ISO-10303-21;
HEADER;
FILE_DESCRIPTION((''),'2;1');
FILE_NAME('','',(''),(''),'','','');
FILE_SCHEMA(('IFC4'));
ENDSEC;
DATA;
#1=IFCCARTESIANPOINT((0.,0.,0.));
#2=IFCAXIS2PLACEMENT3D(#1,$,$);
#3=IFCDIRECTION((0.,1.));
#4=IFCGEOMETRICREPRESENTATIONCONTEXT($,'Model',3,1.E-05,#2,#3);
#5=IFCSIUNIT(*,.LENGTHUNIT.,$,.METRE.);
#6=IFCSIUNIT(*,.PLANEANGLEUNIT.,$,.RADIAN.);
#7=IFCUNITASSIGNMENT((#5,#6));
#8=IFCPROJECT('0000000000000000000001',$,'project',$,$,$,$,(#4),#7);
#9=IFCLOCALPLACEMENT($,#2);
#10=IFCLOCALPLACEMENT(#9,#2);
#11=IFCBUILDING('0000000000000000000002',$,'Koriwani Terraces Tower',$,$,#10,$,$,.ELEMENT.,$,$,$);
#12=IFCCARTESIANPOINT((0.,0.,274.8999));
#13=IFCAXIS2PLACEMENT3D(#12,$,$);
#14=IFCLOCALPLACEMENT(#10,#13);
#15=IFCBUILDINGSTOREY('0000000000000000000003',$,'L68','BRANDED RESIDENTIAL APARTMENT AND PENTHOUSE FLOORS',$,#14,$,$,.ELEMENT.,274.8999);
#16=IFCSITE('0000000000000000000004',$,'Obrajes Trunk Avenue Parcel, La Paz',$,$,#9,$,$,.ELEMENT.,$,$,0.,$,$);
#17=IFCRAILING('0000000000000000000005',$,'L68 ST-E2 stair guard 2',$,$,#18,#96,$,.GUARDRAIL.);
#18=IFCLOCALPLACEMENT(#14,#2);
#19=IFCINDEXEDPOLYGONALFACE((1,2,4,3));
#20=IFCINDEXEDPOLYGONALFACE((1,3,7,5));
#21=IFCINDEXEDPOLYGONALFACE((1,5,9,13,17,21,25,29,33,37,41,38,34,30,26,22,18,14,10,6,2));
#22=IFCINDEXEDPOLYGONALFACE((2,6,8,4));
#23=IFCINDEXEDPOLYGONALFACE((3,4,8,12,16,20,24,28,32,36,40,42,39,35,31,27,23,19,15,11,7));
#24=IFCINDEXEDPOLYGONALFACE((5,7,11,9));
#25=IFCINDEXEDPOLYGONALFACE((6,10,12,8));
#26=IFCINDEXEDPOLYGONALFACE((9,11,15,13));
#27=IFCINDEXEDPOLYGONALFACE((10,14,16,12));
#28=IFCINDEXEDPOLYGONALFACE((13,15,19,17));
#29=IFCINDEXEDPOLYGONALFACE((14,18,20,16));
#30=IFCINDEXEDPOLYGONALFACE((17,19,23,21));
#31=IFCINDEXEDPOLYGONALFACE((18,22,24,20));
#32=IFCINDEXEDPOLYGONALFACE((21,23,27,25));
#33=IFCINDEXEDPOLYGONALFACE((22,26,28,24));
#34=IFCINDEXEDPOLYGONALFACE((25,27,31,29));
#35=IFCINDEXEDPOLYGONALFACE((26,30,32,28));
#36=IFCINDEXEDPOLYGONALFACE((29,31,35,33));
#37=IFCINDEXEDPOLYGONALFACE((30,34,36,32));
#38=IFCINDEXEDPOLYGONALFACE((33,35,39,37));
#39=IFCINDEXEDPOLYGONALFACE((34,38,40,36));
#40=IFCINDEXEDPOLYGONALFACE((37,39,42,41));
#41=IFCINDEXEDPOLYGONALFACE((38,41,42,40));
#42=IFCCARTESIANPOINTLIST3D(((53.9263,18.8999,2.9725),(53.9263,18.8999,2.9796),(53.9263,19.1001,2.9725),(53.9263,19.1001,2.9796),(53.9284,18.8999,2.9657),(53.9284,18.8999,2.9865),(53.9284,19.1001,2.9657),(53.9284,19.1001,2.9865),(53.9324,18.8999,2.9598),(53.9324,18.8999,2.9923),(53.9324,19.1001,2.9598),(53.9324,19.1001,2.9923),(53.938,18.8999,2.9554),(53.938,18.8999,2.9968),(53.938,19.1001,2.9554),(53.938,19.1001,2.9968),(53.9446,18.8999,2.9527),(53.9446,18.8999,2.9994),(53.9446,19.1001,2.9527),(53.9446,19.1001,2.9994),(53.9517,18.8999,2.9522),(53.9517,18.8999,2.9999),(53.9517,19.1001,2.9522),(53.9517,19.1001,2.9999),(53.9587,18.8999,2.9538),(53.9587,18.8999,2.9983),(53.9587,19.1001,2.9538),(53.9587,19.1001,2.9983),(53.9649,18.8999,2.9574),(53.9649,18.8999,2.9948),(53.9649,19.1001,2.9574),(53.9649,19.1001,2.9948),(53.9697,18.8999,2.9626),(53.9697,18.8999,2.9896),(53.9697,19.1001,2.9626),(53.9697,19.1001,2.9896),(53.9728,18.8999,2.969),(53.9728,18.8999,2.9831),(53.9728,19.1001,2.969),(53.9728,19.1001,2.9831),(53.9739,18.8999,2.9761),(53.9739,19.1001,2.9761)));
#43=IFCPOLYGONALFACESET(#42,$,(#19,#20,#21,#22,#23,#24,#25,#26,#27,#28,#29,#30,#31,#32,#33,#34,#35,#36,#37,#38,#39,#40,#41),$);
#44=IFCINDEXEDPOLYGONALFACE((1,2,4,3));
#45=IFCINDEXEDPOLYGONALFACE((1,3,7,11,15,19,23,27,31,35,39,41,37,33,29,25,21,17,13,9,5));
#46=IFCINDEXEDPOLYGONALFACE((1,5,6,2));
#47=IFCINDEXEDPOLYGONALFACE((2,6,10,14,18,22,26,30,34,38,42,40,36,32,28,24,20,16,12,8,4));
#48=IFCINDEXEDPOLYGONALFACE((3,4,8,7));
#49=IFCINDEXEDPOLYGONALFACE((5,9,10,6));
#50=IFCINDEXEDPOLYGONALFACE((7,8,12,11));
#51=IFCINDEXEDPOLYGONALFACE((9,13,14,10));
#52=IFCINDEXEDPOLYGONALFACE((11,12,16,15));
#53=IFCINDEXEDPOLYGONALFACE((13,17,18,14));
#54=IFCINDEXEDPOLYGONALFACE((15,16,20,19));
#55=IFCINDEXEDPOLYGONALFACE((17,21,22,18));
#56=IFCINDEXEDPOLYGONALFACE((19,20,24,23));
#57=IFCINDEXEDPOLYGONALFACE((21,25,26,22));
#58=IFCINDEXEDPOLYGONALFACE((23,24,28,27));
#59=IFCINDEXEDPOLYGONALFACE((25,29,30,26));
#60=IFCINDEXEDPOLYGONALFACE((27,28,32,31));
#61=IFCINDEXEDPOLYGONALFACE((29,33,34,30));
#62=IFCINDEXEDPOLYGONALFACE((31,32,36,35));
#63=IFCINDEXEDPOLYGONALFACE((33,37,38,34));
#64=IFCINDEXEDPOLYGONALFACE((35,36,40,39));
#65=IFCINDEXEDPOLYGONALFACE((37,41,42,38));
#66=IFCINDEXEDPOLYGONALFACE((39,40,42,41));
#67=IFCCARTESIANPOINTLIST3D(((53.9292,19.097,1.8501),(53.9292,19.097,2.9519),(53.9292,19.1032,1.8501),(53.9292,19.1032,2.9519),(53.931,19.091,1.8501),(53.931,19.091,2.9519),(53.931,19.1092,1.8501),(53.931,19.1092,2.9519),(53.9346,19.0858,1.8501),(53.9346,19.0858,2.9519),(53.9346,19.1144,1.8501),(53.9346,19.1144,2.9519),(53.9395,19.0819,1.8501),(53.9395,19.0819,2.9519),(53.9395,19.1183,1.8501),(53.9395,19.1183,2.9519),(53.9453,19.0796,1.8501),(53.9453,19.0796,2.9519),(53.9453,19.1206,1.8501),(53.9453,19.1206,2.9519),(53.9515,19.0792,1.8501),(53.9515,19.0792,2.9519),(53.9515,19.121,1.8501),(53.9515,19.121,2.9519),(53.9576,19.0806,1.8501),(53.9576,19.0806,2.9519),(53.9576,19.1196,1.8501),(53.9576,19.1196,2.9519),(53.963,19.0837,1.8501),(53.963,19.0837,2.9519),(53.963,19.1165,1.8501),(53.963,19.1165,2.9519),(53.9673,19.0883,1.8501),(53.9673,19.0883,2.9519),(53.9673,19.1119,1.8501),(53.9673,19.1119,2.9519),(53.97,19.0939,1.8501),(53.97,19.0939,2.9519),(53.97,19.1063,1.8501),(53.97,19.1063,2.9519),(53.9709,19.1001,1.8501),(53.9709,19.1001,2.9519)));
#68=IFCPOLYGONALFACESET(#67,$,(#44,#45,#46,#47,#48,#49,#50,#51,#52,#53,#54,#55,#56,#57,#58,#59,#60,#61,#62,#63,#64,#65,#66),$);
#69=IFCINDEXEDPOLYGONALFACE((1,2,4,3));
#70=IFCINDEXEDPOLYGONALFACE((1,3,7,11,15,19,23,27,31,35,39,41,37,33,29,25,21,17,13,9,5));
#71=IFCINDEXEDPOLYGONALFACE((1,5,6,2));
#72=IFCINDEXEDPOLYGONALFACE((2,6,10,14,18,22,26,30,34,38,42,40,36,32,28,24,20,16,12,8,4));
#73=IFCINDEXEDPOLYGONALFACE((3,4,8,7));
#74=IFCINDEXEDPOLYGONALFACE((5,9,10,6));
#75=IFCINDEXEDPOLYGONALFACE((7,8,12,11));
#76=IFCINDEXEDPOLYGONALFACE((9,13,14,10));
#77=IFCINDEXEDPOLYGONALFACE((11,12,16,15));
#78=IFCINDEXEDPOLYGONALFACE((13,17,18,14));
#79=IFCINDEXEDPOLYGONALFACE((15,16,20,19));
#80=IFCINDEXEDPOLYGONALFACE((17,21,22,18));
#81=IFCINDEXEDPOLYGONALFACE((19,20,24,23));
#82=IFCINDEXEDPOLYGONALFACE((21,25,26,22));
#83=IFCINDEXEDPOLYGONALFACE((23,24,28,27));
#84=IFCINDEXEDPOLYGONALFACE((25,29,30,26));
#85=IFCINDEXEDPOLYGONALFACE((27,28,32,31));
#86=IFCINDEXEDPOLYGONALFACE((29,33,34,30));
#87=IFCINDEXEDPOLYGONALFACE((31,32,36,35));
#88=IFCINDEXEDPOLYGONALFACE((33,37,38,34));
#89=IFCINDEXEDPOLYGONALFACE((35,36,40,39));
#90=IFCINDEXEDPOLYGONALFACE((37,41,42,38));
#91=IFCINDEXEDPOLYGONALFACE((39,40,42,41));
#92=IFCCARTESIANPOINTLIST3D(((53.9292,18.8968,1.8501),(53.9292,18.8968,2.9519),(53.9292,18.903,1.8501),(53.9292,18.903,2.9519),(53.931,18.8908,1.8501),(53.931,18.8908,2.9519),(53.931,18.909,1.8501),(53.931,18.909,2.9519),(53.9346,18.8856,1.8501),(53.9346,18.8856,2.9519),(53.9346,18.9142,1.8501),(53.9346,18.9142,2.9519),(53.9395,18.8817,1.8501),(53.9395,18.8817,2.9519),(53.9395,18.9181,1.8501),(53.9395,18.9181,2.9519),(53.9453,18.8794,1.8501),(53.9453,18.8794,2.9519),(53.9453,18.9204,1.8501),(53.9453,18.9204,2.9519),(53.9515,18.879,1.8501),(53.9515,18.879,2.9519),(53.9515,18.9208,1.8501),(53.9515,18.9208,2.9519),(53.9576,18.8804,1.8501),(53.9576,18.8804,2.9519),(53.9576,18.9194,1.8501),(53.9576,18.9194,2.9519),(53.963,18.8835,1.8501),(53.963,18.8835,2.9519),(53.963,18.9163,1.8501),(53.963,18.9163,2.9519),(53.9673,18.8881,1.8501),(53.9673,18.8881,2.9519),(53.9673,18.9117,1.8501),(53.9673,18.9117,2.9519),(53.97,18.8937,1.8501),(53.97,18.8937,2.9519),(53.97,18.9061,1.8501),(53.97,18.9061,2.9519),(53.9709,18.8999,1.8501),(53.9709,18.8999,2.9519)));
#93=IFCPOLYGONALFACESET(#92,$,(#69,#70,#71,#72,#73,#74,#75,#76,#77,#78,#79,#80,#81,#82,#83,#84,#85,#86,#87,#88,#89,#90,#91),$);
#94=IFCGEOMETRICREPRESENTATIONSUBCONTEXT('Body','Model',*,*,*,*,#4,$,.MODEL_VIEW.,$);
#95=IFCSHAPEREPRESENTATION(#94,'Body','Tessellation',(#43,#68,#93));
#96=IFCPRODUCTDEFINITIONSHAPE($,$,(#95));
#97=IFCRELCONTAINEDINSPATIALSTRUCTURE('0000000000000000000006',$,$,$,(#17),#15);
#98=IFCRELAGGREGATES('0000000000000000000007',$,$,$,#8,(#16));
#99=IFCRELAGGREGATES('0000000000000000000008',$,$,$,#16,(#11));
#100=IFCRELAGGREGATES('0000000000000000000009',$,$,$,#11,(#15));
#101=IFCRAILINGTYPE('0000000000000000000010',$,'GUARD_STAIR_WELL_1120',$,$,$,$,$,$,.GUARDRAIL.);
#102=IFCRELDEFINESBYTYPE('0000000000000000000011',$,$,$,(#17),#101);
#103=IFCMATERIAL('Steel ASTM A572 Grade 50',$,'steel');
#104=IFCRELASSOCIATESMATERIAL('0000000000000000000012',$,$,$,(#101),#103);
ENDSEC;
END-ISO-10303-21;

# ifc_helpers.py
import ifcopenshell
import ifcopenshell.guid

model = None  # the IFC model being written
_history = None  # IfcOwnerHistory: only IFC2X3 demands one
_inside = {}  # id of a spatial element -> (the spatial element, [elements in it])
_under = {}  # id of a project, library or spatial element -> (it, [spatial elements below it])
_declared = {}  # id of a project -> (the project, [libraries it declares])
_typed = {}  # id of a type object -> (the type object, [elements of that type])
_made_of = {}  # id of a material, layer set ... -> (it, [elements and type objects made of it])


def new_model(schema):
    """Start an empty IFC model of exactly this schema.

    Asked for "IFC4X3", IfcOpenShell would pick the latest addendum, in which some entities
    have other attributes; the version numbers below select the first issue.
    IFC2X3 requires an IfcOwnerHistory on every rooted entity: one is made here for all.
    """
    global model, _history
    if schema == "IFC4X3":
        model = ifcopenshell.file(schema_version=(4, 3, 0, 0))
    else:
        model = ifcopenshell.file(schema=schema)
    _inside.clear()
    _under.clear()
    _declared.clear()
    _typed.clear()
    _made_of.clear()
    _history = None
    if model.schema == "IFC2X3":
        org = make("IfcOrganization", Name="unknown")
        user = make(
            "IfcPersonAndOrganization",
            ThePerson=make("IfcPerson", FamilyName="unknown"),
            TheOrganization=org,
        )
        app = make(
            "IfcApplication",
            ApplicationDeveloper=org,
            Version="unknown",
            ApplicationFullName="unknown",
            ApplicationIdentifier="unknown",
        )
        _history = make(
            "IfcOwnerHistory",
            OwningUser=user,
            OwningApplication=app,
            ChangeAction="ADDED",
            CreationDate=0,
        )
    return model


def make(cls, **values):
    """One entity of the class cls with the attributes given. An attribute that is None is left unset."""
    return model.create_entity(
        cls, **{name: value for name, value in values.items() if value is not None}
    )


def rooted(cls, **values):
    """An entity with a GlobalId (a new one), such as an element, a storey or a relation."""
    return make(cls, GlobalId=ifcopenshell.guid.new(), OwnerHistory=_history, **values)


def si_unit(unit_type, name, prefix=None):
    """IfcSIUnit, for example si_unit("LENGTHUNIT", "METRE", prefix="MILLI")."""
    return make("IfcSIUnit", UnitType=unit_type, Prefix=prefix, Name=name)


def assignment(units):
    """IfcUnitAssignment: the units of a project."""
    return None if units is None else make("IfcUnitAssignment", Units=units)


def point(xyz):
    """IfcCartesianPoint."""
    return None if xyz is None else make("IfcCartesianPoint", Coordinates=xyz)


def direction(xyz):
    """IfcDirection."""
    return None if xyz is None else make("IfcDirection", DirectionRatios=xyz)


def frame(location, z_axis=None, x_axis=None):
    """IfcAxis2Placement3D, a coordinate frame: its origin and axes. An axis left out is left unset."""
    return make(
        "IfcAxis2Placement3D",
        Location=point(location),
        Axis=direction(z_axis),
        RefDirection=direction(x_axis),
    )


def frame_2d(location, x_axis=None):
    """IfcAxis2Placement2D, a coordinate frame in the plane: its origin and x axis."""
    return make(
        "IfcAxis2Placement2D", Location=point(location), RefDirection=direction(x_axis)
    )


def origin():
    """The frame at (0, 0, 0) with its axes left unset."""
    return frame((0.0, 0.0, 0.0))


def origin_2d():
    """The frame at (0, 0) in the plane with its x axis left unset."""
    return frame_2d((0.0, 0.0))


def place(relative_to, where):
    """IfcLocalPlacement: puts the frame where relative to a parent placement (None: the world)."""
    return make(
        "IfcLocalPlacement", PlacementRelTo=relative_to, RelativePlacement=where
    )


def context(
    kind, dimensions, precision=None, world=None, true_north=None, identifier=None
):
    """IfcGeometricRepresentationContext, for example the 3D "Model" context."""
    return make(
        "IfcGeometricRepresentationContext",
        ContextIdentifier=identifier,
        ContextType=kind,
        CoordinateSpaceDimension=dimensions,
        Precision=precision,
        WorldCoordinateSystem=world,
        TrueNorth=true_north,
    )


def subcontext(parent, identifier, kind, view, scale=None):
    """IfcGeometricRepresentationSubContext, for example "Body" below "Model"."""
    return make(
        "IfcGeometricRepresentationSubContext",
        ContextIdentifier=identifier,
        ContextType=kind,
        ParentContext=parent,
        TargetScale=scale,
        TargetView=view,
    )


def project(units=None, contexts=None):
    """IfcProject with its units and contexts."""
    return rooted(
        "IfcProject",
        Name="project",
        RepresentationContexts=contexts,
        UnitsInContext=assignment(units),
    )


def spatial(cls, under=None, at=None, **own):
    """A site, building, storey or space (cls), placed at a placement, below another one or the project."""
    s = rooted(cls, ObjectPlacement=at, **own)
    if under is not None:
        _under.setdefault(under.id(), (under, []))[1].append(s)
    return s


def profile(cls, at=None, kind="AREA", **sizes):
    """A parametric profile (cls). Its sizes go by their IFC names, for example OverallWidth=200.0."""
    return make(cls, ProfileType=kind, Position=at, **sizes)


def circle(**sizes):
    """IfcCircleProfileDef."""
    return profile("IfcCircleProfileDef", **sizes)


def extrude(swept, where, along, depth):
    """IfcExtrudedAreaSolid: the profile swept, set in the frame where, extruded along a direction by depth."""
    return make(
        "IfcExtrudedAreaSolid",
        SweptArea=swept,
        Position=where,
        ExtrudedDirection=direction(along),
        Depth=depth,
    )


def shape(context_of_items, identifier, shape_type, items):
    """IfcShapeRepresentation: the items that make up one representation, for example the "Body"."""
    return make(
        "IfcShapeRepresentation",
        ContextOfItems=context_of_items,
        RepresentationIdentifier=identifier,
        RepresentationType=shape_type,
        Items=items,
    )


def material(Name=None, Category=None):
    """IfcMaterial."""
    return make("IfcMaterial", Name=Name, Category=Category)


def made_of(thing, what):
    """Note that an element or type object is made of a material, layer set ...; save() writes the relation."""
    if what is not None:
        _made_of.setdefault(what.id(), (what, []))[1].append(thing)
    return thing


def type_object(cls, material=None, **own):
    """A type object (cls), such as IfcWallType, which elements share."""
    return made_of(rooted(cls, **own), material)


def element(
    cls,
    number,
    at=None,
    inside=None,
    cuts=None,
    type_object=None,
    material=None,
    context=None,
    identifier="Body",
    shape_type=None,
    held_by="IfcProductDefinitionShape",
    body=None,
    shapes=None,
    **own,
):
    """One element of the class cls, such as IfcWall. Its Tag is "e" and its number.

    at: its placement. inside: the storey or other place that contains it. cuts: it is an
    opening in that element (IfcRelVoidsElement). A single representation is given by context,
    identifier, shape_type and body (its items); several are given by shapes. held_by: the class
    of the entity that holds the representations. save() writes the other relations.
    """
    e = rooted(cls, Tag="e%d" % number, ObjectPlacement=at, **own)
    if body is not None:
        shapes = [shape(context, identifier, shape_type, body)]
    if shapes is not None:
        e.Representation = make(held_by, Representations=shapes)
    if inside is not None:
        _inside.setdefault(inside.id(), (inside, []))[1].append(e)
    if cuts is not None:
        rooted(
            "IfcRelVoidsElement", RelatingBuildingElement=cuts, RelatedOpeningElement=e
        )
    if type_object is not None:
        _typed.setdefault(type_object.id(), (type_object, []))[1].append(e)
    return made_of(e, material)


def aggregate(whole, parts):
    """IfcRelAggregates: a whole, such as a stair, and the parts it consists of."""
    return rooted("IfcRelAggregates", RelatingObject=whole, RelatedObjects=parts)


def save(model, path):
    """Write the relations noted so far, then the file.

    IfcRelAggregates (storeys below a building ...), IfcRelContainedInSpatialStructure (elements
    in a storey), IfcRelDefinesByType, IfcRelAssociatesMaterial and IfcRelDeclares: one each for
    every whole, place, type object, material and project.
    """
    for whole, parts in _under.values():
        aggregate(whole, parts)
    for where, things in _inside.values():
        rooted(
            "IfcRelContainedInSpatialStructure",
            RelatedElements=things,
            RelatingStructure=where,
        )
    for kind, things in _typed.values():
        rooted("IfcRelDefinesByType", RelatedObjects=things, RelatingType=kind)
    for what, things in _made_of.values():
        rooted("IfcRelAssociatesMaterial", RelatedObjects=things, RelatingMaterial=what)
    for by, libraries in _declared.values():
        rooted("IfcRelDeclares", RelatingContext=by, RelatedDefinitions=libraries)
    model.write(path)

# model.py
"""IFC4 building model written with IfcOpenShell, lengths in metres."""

from ifc_helpers import new_model, si_unit, direction, frame, origin, origin_2d, place, context, subcontext, project, spatial, circle, extrude, material, type_object, element, save


model = new_model("IFC4")

# Units and contexts
model_context = context("Model", 3, precision=1e-05, world=origin(), true_north=direction((0.0, 1.0)))
body_context = subcontext(model_context, "Body", "Model", "MODEL_VIEW")
ifc_project = project(units=[si_unit("LENGTHUNIT", "METRE"), si_unit("PLANEANGLEUNIT", "RADIAN")], contexts=[model_context])

# Site, building, storey
site_placement = place(None, origin())
site = spatial("IfcSite", under=ifc_project, at=site_placement, Name="Obrajes Trunk Avenue Parcel, La Paz", CompositionType="ELEMENT", RefElevation=0.0)
building_placement = place(site_placement, origin())
building = spatial("IfcBuilding", under=site, at=building_placement, Name="Koriwani Terraces Tower", CompositionType="ELEMENT")
storey_placement = place(building_placement, frame((0.0, 0.0, 274.8999)))
storey = spatial("IfcBuildingStorey", under=building, at=storey_placement, Name="L68", Description="BRANDED RESIDENTIAL APARTMENT AND PENTHOUSE FLOORS", CompositionType="ELEMENT", Elevation=274.8999)

# Shared definitions
ifc_material_1 = material(Name="Steel ASTM A572 Grade 50", Category="steel")

# Railing
railing_type_1 = type_object("IfcRailingType", Name="GUARD_STAIR_WELL_1120", PredefinedType="GUARDRAIL", material=ifc_material_1)
railing_1_placement = place(storey_placement, frame((53.95, 19.1001, 1.8501)))
element("IfcRailing", 1, at=railing_1_placement, inside=storey, type_object=railing_type_1, Name="L68 ST-E2 stair guard 2", PredefinedType="GUARDRAIL", context=body_context, shape_type="SweptSolid", body=[
    extrude(circle(Radius=0.0239, at=origin_2d()), frame((0.0, 0.0, 1.126), z_axis=(0.0, -1.0, 0.0), x_axis=(1.0, 0.0, 0.0)), (0.0, 0.0, 1.0), 0.2002),
    extrude(circle(Radius=0.021, at=origin_2d()), origin(), (0.0, 0.0, 1.0), 1.1018),
    extrude(circle(Radius=0.021, at=origin_2d()), frame((0.0, -0.2002, 0.0)), (0.0, 0.0, 1.0), 1.1018),
])

save(model, "model.ifc")
